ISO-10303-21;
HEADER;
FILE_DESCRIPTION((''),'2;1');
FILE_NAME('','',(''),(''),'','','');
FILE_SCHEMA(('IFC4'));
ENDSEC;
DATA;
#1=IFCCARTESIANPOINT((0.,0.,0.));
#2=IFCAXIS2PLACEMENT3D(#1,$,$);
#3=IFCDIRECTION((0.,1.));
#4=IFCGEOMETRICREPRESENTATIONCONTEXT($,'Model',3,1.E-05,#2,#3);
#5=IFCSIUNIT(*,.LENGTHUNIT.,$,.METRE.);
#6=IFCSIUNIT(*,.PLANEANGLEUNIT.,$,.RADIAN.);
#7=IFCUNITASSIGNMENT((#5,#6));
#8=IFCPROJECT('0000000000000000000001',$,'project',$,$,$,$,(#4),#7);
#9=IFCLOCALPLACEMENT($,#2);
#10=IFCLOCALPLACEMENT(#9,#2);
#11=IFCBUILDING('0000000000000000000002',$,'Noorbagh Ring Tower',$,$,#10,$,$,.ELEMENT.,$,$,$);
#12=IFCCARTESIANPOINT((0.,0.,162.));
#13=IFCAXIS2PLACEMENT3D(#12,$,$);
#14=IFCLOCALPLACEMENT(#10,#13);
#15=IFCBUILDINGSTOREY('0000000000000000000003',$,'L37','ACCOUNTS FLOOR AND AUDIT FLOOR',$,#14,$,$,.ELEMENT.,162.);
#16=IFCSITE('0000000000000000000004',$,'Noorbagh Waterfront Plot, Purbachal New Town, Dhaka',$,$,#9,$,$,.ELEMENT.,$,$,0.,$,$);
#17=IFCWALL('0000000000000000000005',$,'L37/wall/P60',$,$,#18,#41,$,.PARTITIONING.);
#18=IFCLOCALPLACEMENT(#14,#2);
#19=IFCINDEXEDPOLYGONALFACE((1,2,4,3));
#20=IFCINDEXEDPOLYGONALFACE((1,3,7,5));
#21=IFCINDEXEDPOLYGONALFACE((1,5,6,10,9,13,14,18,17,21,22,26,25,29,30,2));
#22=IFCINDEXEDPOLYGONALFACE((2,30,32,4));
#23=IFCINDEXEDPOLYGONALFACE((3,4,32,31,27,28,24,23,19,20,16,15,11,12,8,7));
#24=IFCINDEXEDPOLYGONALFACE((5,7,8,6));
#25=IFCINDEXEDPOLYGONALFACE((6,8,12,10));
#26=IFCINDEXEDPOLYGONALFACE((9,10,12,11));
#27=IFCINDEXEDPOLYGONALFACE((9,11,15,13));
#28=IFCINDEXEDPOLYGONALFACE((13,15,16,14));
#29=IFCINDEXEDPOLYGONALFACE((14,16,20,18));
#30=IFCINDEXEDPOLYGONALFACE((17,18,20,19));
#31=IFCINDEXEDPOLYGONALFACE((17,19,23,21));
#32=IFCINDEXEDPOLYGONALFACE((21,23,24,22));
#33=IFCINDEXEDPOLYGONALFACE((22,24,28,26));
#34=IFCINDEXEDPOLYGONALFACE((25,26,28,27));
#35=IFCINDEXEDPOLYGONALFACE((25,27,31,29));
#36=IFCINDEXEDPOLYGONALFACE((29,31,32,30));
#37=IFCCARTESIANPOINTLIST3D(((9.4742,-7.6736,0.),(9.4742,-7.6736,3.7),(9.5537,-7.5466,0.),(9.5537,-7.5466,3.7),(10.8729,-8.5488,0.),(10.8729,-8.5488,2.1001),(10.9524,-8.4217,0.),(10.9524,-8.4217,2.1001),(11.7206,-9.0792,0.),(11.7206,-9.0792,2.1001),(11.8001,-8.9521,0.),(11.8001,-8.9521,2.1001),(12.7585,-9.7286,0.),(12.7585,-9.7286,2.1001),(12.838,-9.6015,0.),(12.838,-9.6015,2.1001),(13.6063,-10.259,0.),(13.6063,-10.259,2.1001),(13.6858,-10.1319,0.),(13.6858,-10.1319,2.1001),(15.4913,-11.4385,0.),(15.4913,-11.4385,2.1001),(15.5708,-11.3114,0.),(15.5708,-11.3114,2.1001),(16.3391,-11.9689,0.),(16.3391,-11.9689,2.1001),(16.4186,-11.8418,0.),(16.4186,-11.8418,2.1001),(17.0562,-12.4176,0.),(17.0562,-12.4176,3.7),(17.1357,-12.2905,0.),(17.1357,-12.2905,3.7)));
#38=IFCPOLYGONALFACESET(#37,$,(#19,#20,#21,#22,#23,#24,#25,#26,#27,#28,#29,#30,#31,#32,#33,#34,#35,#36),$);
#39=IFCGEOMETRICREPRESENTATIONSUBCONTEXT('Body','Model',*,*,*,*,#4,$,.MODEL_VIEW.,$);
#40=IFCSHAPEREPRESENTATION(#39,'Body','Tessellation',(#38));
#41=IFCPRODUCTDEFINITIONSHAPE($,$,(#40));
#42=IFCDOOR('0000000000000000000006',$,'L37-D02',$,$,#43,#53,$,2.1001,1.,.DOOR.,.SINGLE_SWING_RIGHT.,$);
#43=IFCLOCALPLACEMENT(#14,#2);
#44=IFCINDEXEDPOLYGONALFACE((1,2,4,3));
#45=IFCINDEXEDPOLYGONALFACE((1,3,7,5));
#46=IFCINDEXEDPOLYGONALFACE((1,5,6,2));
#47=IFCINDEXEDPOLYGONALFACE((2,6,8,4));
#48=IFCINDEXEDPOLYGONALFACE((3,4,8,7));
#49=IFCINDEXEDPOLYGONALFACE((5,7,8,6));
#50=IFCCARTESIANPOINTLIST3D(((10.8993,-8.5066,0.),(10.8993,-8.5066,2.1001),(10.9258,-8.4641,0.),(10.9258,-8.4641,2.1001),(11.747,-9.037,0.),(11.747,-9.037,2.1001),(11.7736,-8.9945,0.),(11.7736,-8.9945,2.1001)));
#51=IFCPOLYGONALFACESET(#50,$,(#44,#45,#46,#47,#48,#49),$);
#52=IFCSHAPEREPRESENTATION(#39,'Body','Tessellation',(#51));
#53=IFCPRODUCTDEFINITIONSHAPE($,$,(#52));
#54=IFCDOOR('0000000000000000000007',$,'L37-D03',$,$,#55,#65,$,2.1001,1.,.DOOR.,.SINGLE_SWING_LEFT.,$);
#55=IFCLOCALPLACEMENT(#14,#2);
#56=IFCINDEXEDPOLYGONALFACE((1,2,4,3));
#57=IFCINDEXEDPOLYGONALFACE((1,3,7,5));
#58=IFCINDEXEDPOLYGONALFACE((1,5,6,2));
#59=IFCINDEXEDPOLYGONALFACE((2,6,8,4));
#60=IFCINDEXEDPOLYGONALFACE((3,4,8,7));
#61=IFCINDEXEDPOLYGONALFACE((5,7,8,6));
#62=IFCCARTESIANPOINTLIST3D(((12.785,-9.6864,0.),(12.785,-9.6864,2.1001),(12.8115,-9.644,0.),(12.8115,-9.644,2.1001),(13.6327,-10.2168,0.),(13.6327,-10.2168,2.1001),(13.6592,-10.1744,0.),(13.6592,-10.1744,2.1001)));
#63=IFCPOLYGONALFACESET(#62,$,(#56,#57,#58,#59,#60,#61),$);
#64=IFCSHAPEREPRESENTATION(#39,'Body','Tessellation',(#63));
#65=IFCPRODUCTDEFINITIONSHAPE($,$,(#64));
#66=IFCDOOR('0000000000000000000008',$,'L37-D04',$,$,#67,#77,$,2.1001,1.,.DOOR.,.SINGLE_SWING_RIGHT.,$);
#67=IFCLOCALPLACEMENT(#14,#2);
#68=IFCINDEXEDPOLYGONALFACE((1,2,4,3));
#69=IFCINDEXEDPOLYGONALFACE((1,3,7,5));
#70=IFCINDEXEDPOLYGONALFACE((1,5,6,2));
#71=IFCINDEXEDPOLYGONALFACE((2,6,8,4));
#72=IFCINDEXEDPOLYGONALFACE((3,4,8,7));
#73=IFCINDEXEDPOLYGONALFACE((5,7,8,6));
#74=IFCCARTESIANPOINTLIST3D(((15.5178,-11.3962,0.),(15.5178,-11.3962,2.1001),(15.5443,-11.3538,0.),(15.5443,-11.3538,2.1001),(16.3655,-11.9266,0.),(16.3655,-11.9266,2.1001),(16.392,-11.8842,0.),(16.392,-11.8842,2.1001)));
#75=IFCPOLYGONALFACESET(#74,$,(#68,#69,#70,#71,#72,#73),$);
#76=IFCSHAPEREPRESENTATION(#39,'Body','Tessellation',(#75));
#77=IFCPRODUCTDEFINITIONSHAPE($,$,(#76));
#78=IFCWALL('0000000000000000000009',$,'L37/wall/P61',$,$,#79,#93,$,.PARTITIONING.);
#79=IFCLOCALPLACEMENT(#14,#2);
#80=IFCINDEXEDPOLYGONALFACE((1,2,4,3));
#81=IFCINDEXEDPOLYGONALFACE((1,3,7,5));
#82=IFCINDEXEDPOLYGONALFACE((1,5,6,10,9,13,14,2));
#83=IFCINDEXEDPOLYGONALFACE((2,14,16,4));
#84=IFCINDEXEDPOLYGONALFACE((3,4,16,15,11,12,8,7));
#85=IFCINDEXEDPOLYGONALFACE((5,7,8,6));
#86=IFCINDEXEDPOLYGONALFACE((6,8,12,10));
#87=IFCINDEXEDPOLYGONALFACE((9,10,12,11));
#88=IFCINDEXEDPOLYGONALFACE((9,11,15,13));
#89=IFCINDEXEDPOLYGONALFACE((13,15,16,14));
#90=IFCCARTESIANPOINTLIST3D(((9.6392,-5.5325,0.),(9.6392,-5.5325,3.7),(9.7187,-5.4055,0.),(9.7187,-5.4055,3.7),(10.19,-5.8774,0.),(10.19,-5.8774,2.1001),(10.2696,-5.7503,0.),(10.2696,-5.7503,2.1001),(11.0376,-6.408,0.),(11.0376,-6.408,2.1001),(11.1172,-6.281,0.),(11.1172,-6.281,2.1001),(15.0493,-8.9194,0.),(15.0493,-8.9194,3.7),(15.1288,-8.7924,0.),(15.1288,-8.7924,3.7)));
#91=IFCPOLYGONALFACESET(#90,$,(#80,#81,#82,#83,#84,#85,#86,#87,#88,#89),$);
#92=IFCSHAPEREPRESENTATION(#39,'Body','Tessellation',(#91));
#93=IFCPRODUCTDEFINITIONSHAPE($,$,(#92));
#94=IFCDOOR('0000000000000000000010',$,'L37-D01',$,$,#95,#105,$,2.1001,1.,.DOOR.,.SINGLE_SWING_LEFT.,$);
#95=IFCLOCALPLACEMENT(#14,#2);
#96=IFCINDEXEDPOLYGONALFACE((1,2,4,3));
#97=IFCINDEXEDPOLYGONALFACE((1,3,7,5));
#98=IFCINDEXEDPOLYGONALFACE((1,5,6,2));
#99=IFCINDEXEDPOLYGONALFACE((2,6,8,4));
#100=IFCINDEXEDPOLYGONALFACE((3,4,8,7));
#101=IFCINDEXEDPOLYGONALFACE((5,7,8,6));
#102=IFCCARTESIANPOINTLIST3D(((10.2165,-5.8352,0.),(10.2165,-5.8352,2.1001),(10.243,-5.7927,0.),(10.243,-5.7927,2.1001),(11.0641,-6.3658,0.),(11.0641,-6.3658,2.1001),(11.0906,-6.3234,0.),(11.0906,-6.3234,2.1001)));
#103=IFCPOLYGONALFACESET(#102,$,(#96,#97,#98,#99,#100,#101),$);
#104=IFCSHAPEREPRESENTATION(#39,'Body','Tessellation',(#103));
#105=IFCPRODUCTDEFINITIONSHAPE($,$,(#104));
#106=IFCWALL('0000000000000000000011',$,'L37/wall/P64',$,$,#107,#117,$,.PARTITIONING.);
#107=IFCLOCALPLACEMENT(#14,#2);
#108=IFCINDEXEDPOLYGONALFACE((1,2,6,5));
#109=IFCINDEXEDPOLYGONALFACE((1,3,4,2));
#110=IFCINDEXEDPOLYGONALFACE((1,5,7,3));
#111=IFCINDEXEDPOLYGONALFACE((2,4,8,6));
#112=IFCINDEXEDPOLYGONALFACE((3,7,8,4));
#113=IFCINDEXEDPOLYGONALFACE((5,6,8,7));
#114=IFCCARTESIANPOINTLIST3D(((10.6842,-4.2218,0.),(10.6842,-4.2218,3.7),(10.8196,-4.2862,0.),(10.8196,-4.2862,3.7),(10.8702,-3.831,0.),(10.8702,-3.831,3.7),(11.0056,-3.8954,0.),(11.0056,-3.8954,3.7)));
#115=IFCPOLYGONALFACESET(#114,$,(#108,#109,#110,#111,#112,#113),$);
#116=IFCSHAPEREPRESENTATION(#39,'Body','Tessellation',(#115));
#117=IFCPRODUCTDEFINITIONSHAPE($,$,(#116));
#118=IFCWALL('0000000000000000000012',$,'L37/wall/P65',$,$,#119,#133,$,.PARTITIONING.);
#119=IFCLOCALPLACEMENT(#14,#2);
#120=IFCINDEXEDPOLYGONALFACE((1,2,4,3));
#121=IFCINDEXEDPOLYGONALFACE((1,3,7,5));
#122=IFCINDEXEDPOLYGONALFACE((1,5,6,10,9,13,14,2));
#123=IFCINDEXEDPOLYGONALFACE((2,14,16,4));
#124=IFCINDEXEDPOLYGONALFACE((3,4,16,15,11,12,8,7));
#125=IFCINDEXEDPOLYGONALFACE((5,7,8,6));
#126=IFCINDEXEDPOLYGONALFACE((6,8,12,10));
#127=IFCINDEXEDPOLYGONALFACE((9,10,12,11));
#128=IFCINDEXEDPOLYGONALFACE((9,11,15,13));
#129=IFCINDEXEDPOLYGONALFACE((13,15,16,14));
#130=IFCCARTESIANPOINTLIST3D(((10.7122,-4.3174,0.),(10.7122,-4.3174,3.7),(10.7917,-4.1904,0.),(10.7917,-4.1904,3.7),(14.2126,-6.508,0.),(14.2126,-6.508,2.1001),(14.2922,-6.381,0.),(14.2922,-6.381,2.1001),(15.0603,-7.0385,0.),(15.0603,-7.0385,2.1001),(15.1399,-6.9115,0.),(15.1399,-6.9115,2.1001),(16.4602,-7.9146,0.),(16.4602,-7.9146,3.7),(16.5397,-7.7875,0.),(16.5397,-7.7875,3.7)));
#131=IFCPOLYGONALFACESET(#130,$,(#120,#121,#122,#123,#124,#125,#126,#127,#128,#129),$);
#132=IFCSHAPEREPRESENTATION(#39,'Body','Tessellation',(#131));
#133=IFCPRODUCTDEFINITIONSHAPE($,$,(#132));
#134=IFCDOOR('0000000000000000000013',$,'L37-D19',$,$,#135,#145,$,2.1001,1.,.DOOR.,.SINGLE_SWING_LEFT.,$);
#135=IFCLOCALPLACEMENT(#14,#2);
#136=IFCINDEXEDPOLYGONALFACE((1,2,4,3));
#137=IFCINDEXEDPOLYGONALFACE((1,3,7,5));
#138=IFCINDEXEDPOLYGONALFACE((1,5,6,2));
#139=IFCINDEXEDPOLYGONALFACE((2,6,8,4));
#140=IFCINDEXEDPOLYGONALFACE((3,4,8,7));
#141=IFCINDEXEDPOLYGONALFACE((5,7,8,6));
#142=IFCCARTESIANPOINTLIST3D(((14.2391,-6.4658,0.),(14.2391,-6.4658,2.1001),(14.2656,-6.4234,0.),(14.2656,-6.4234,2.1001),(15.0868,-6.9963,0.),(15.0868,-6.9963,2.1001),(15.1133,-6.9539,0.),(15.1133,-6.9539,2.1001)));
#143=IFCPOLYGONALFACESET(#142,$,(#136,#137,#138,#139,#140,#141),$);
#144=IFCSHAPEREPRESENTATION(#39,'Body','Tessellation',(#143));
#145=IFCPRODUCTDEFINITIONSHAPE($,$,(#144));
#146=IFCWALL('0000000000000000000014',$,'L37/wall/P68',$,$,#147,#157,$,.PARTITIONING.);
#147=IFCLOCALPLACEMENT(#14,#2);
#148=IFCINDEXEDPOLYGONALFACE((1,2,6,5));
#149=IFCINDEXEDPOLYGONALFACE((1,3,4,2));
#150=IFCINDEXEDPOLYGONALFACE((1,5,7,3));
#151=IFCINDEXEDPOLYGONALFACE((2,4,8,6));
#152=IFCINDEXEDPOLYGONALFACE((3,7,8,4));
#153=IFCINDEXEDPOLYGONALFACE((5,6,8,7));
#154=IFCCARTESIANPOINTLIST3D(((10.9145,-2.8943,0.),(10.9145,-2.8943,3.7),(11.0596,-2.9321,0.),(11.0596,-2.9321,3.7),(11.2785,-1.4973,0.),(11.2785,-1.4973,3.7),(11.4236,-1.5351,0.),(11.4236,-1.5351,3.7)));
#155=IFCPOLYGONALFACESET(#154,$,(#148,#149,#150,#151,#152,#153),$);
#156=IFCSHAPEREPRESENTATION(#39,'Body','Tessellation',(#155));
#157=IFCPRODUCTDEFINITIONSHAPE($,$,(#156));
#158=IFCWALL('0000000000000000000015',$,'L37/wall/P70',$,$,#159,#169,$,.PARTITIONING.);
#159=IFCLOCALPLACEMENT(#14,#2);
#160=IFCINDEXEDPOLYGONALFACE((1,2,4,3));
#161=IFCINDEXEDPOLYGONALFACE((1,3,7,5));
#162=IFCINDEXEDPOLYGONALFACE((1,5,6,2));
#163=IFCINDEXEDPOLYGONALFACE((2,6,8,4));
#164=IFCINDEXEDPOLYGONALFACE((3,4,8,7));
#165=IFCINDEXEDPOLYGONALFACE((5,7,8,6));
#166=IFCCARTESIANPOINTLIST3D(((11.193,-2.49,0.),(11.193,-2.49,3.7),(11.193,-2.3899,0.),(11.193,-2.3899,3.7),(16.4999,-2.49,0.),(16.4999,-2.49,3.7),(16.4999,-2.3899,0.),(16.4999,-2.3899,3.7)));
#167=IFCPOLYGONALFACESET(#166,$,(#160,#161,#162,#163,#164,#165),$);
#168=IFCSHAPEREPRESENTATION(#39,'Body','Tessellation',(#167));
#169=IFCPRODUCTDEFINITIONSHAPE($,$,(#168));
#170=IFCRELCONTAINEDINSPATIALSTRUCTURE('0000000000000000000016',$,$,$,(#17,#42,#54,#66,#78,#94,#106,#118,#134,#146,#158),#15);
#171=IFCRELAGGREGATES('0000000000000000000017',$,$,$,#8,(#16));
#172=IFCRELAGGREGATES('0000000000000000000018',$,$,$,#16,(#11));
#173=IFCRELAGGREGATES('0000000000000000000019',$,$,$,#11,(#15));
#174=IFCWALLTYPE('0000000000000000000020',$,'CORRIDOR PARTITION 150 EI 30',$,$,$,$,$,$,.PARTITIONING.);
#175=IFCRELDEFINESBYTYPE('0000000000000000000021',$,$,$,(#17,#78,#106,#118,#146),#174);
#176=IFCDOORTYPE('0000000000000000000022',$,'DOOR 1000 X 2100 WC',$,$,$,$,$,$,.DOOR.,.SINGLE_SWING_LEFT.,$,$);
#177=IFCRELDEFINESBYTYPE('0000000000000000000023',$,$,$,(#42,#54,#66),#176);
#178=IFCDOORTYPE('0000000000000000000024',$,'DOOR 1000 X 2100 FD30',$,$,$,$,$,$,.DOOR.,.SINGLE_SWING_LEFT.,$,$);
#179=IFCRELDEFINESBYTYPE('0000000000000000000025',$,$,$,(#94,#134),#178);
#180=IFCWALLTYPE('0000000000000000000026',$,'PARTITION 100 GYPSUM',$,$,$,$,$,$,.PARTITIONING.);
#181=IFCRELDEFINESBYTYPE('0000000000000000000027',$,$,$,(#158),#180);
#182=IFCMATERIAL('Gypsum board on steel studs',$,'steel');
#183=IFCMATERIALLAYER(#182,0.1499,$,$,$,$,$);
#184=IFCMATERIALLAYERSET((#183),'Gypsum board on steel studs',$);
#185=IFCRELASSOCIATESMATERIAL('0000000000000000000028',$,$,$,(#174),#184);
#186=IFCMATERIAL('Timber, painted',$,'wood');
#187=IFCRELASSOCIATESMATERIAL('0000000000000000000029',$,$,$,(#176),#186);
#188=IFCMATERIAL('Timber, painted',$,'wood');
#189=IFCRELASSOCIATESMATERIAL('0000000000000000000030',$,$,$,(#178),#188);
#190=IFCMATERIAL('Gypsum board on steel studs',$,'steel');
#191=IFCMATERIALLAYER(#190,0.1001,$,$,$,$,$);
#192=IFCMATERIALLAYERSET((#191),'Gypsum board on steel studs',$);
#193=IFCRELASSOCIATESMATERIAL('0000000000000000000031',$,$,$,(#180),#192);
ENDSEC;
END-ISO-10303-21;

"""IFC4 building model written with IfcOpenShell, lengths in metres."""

from ifc_helpers import new_model, si_unit, direction, frame, frame_2d, origin, place, context, subcontext, project, spatial, rectangle, extrude, material, layer, layer_set, type_object, element, fill, save


model = new_model("IFC4")

# Units and contexts
model_context = context("Model", 3, precision=1e-05, world=origin(), true_north=direction((0.0, 1.0)))
body_context = subcontext(model_context, "Body", "Model", "MODEL_VIEW")
ifc_project = project(units=[si_unit("LENGTHUNIT", "METRE"), si_unit("PLANEANGLEUNIT", "RADIAN")], contexts=[model_context])

# Site, building, storey
site_placement = place(None, origin())
site = spatial("IfcSite", under=ifc_project, at=site_placement, Name="Noorbagh Waterfront Plot, Purbachal New Town, Dhaka", CompositionType="ELEMENT", RefElevation=0.0)
building_placement = place(site_placement, origin())
building = spatial("IfcBuilding", under=site, at=building_placement, Name="Noorbagh Ring Tower", CompositionType="ELEMENT")
storey_placement = place(building_placement, frame((0.0, 0.0, 162.0)))
storey = spatial("IfcBuildingStorey", under=building, at=storey_placement, Name="L37", Description="ACCOUNTS FLOOR AND AUDIT FLOOR", CompositionType="ELEMENT", Elevation=162.0)

# Shared definitions
ifc_material_1 = material(Name="Gypsum board on steel studs", Category="steel")
ifc_layer_1 = layer(ifc_material_1, 0.1499)
ifc_layer_set_1 = layer_set([ifc_layer_1], Name="Gypsum board on steel studs")
wall_type_1 = type_object("IfcWallType", Name="CORRIDOR PARTITION 150 EI 30", PredefinedType="PARTITIONING", material=ifc_layer_set_1)

# Wall, openings, doors
wall_1_placement = place(storey_placement, frame((9.5139, -7.6101, 0.0), z_axis=(0.0, 0.0, 1.0), x_axis=(0.847741, -0.530411, 0.0)))
wall_1 = element("IfcWall", 1, at=wall_1_placement, inside=storey, type_object=wall_type_1, Name="L37/wall/P60", PredefinedType="PARTITIONING", context=body_context, shape_type="SweptSolid", body=[
    extrude(rectangle(XDim=8.9438, YDim=0.1499, at=frame_2d((4.4719, 0.0))), origin(), (0.0, 0.0, 1.0), 3.7),
])
opening_1_placement = place(wall_1_placement, frame((1.6499, 0.0, 0.0)))
opening_1 = element("IfcOpeningElement", 2, at=opening_1_placement, cuts=wall_1, PredefinedType="OPENING", context=body_context, shape_type="SweptSolid", body=[
    extrude(rectangle(XDim=1.0, YDim=2.1001, at=frame_2d((0.5, 1.05))), frame((0.0, 0.085, 0.0), z_axis=(0.0, -1.0, 0.0), x_axis=(1.0, 0.0, 0.0)), (0.0, 0.0, 1.0), 0.1699),
])
opening_2_placement = place(wall_1_placement, frame((3.8743, 0.0, 0.0)))
opening_2 = element("IfcOpeningElement", 3, at=opening_2_placement, cuts=wall_1, PredefinedType="OPENING", context=body_context, shape_type="SweptSolid", body=[
    extrude(rectangle(XDim=1.0, YDim=2.1001, at=frame_2d((0.5, 1.05))), frame((0.0, 0.085, 0.0), z_axis=(0.0, -1.0, 0.0), x_axis=(1.0, 0.0, 0.0)), (0.0, 0.0, 1.0), 0.1699),
])
opening_3_placement = place(wall_1_placement, frame((7.0979, 0.0, 0.0)))
opening_3 = element("IfcOpeningElement", 4, at=opening_3_placement, cuts=wall_1, PredefinedType="OPENING", context=body_context, shape_type="SweptSolid", body=[
    extrude(rectangle(XDim=1.0, YDim=2.1001, at=frame_2d((0.5, 1.05))), frame((0.0, 0.085, 0.0), z_axis=(0.0, -1.0, 0.0), x_axis=(1.0, 0.0, 0.0)), (0.0, 0.0, 1.0), 0.1699),
])
ifc_material_2 = material(Name="Timber, painted", Category="wood")
door_type_1 = type_object("IfcDoorType", Name="DOOR 1000 X 2100 WC", OperationType="SINGLE_SWING_LEFT", PredefinedType="DOOR", material=ifc_material_2)
door_1_placement = place(opening_1_placement, origin())
door_1 = element("IfcDoor", 5, at=door_1_placement, inside=storey, type_object=door_type_1, Name="L37-D02", OperationType="SINGLE_SWING_RIGHT", OverallHeight=2.1001, OverallWidth=1.0, PredefinedType="DOOR", context=body_context, shape_type="SweptSolid", body=[
    extrude(rectangle(XDim=1.0, YDim=2.1001, at=frame_2d((0.5, 1.05))), frame((0.0, 0.0249, 0.0), z_axis=(0.0, -1.0, 0.0), x_axis=(1.0, 0.0, 0.0)), (0.0, 0.0, 1.0), 0.05),
])
fill(opening_1, door_1)
door_2_placement = place(opening_2_placement, origin())
door_2 = element("IfcDoor", 6, at=door_2_placement, inside=storey, type_object=door_type_1, Name="L37-D03", OperationType="SINGLE_SWING_LEFT", OverallHeight=2.1001, OverallWidth=1.0, PredefinedType="DOOR", context=body_context, shape_type="SweptSolid", body=[
    extrude(rectangle(XDim=1.0, YDim=2.1001, at=frame_2d((0.5, 1.05))), frame((0.0, 0.0249, 0.0), z_axis=(0.0, -1.0, 0.0), x_axis=(1.0, 0.0, 0.0)), (0.0, 0.0, 1.0), 0.05),
])
fill(opening_2, door_2)
door_3_placement = place(opening_3_placement, origin())
door_3 = element("IfcDoor", 7, at=door_3_placement, inside=storey, type_object=door_type_1, Name="L37-D04", OperationType="SINGLE_SWING_RIGHT", OverallHeight=2.1001, OverallWidth=1.0, PredefinedType="DOOR", context=body_context, shape_type="SweptSolid", body=[
    extrude(rectangle(XDim=1.0, YDim=2.1001, at=frame_2d((0.5, 1.05))), frame((0.0, 0.0249, 0.0), z_axis=(0.0, -1.0, 0.0), x_axis=(1.0, 0.0, 0.0)), (0.0, 0.0, 1.0), 0.05),
])
fill(opening_3, door_3)

# Wall, opening, door
wall_2_placement = place(storey_placement, frame((9.679, -5.469, 0.0), z_axis=(0.0, 0.0, 1.0), x_axis=(0.847603, -0.530631, 0.0)))
wall_2 = element("IfcWall", 8, at=wall_2_placement, inside=storey, type_object=wall_type_1, Name="L37/wall/P61", PredefinedType="PARTITIONING", context=body_context, shape_type="SweptSolid", body=[
    extrude(rectangle(XDim=6.3828, YDim=0.1499, at=frame_2d((3.1914, 0.0))), origin(), (0.0, 0.0, 1.0), 3.7),
])
opening_4_placement = place(wall_2_placement, frame((0.6499, 0.0, 0.0)))
opening_4 = element("IfcOpeningElement", 9, at=opening_4_placement, cuts=wall_2, PredefinedType="OPENING", context=body_context, shape_type="SweptSolid", body=[
    extrude(rectangle(XDim=1.0, YDim=2.1001, at=frame_2d((0.5, 1.05))), frame((0.0, 0.085, 0.0), z_axis=(0.0, -1.0, 0.0), x_axis=(1.0, 0.0, 0.0)), (0.0, 0.0, 1.0), 0.1699),
])
ifc_material_3 = material(Name="Timber, painted", Category="wood")
door_type_2 = type_object("IfcDoorType", Name="DOOR 1000 X 2100 FD30", OperationType="SINGLE_SWING_LEFT", PredefinedType="DOOR", material=ifc_material_3)
door_4_placement = place(opening_4_placement, origin())
door_4 = element("IfcDoor", 10, at=door_4_placement, inside=storey, type_object=door_type_2, Name="L37-D01", OperationType="SINGLE_SWING_LEFT", OverallHeight=2.1001, OverallWidth=1.0, PredefinedType="DOOR", context=body_context, shape_type="SweptSolid", body=[
    extrude(rectangle(XDim=1.0, YDim=2.1001, at=frame_2d((0.5, 1.05))), frame((0.0, 0.0249, 0.0), z_axis=(0.0, -1.0, 0.0), x_axis=(1.0, 0.0, 0.0)), (0.0, 0.0, 1.0), 0.05),
])
fill(opening_4, door_4)

# Wall
wall_3_placement = place(storey_placement, frame((10.752, -4.2539, 0.0), z_axis=(0.0, 0.0, 1.0), x_axis=(0.429758, 0.902944, 0.0)))
element("IfcWall", 11, at=wall_3_placement, inside=storey, type_object=wall_type_1, Name="L37/wall/P64", PredefinedType="PARTITIONING", context=body_context, shape_type="SweptSolid", body=[
    extrude(rectangle(XDim=0.4329, YDim=0.1499, at=frame_2d((0.2163, 0.0))), origin(), (0.0, 0.0, 1.0), 3.7),
])

# Wall, opening, door
wall_4_placement = place(storey_placement, frame((10.752, -4.2539, 0.0), z_axis=(0.0, 0.0, 1.0), x_axis=(0.847691, -0.530491, 0.0)))
wall_4 = element("IfcWall", 12, at=wall_4_placement, inside=storey, type_object=wall_type_1, Name="L37/wall/P65", PredefinedType="PARTITIONING", context=body_context, shape_type="SweptSolid", body=[
    extrude(rectangle(XDim=6.7808, YDim=0.1499, at=frame_2d((3.3904, 0.0))), origin(), (0.0, 0.0, 1.0), 3.7),
])
opening_5_placement = place(wall_4_placement, frame((4.1294, 0.0, 0.0)))
opening_5 = element("IfcOpeningElement", 13, at=opening_5_placement, cuts=wall_4, PredefinedType="OPENING", context=body_context, shape_type="SweptSolid", body=[
    extrude(rectangle(XDim=1.0, YDim=2.1001, at=frame_2d((0.5, 1.05))), frame((0.0, 0.085, 0.0), z_axis=(0.0, -1.0, 0.0), x_axis=(1.0, 0.0, 0.0)), (0.0, 0.0, 1.0), 0.1699),
])
door_5_placement = place(opening_5_placement, origin())
door_5 = element("IfcDoor", 14, at=door_5_placement, inside=storey, type_object=door_type_2, Name="L37-D19", OperationType="SINGLE_SWING_LEFT", OverallHeight=2.1001, OverallWidth=1.0, PredefinedType="DOOR", context=body_context, shape_type="SweptSolid", body=[
    extrude(rectangle(XDim=1.0, YDim=2.1001, at=frame_2d((0.5, 1.05))), frame((0.0, 0.0249, 0.0), z_axis=(0.0, -1.0, 0.0), x_axis=(1.0, 0.0, 0.0)), (0.0, 0.0, 1.0), 0.05),
])
fill(opening_5, door_5)

# Walls
wall_5_placement = place(storey_placement, frame((10.9871, -2.9131, 0.0), z_axis=(0.0, 0.0, 1.0), x_axis=(0.252153, 0.967687, 0.0)))
element("IfcWall", 15, at=wall_5_placement, inside=storey, type_object=wall_type_1, Name="L37/wall/P68", PredefinedType="PARTITIONING", context=body_context, shape_type="SweptSolid", body=[
    extrude(rectangle(XDim=1.4436, YDim=0.1499, at=frame_2d((0.7217, 0.0))), origin(), (0.0, 0.0, 1.0), 3.7),
])
ifc_material_4 = material(Name="Gypsum board on steel studs", Category="steel")
ifc_layer_2 = layer(ifc_material_4, 0.1001)
ifc_layer_set_2 = layer_set([ifc_layer_2], Name="Gypsum board on steel studs")
wall_type_2 = type_object("IfcWallType", Name="PARTITION 100 GYPSUM", PredefinedType="PARTITIONING", material=ifc_layer_set_2)
wall_6_placement = place(storey_placement, frame((11.1931, -2.4399, 0.0), z_axis=(0.0, 0.0, 1.0), x_axis=(1.0, 0.0, 0.0)))
element("IfcWall", 16, at=wall_6_placement, inside=storey, type_object=wall_type_2, Name="L37/wall/P70", PredefinedType="PARTITIONING", context=body_context, shape_type="SweptSolid", body=[
    extrude(rectangle(XDim=5.3069, YDim=0.1001, at=frame_2d((2.6533, 0.0))), origin(), (0.0, 0.0, 1.0), 3.7),
])

save(model, "model.ifc")
